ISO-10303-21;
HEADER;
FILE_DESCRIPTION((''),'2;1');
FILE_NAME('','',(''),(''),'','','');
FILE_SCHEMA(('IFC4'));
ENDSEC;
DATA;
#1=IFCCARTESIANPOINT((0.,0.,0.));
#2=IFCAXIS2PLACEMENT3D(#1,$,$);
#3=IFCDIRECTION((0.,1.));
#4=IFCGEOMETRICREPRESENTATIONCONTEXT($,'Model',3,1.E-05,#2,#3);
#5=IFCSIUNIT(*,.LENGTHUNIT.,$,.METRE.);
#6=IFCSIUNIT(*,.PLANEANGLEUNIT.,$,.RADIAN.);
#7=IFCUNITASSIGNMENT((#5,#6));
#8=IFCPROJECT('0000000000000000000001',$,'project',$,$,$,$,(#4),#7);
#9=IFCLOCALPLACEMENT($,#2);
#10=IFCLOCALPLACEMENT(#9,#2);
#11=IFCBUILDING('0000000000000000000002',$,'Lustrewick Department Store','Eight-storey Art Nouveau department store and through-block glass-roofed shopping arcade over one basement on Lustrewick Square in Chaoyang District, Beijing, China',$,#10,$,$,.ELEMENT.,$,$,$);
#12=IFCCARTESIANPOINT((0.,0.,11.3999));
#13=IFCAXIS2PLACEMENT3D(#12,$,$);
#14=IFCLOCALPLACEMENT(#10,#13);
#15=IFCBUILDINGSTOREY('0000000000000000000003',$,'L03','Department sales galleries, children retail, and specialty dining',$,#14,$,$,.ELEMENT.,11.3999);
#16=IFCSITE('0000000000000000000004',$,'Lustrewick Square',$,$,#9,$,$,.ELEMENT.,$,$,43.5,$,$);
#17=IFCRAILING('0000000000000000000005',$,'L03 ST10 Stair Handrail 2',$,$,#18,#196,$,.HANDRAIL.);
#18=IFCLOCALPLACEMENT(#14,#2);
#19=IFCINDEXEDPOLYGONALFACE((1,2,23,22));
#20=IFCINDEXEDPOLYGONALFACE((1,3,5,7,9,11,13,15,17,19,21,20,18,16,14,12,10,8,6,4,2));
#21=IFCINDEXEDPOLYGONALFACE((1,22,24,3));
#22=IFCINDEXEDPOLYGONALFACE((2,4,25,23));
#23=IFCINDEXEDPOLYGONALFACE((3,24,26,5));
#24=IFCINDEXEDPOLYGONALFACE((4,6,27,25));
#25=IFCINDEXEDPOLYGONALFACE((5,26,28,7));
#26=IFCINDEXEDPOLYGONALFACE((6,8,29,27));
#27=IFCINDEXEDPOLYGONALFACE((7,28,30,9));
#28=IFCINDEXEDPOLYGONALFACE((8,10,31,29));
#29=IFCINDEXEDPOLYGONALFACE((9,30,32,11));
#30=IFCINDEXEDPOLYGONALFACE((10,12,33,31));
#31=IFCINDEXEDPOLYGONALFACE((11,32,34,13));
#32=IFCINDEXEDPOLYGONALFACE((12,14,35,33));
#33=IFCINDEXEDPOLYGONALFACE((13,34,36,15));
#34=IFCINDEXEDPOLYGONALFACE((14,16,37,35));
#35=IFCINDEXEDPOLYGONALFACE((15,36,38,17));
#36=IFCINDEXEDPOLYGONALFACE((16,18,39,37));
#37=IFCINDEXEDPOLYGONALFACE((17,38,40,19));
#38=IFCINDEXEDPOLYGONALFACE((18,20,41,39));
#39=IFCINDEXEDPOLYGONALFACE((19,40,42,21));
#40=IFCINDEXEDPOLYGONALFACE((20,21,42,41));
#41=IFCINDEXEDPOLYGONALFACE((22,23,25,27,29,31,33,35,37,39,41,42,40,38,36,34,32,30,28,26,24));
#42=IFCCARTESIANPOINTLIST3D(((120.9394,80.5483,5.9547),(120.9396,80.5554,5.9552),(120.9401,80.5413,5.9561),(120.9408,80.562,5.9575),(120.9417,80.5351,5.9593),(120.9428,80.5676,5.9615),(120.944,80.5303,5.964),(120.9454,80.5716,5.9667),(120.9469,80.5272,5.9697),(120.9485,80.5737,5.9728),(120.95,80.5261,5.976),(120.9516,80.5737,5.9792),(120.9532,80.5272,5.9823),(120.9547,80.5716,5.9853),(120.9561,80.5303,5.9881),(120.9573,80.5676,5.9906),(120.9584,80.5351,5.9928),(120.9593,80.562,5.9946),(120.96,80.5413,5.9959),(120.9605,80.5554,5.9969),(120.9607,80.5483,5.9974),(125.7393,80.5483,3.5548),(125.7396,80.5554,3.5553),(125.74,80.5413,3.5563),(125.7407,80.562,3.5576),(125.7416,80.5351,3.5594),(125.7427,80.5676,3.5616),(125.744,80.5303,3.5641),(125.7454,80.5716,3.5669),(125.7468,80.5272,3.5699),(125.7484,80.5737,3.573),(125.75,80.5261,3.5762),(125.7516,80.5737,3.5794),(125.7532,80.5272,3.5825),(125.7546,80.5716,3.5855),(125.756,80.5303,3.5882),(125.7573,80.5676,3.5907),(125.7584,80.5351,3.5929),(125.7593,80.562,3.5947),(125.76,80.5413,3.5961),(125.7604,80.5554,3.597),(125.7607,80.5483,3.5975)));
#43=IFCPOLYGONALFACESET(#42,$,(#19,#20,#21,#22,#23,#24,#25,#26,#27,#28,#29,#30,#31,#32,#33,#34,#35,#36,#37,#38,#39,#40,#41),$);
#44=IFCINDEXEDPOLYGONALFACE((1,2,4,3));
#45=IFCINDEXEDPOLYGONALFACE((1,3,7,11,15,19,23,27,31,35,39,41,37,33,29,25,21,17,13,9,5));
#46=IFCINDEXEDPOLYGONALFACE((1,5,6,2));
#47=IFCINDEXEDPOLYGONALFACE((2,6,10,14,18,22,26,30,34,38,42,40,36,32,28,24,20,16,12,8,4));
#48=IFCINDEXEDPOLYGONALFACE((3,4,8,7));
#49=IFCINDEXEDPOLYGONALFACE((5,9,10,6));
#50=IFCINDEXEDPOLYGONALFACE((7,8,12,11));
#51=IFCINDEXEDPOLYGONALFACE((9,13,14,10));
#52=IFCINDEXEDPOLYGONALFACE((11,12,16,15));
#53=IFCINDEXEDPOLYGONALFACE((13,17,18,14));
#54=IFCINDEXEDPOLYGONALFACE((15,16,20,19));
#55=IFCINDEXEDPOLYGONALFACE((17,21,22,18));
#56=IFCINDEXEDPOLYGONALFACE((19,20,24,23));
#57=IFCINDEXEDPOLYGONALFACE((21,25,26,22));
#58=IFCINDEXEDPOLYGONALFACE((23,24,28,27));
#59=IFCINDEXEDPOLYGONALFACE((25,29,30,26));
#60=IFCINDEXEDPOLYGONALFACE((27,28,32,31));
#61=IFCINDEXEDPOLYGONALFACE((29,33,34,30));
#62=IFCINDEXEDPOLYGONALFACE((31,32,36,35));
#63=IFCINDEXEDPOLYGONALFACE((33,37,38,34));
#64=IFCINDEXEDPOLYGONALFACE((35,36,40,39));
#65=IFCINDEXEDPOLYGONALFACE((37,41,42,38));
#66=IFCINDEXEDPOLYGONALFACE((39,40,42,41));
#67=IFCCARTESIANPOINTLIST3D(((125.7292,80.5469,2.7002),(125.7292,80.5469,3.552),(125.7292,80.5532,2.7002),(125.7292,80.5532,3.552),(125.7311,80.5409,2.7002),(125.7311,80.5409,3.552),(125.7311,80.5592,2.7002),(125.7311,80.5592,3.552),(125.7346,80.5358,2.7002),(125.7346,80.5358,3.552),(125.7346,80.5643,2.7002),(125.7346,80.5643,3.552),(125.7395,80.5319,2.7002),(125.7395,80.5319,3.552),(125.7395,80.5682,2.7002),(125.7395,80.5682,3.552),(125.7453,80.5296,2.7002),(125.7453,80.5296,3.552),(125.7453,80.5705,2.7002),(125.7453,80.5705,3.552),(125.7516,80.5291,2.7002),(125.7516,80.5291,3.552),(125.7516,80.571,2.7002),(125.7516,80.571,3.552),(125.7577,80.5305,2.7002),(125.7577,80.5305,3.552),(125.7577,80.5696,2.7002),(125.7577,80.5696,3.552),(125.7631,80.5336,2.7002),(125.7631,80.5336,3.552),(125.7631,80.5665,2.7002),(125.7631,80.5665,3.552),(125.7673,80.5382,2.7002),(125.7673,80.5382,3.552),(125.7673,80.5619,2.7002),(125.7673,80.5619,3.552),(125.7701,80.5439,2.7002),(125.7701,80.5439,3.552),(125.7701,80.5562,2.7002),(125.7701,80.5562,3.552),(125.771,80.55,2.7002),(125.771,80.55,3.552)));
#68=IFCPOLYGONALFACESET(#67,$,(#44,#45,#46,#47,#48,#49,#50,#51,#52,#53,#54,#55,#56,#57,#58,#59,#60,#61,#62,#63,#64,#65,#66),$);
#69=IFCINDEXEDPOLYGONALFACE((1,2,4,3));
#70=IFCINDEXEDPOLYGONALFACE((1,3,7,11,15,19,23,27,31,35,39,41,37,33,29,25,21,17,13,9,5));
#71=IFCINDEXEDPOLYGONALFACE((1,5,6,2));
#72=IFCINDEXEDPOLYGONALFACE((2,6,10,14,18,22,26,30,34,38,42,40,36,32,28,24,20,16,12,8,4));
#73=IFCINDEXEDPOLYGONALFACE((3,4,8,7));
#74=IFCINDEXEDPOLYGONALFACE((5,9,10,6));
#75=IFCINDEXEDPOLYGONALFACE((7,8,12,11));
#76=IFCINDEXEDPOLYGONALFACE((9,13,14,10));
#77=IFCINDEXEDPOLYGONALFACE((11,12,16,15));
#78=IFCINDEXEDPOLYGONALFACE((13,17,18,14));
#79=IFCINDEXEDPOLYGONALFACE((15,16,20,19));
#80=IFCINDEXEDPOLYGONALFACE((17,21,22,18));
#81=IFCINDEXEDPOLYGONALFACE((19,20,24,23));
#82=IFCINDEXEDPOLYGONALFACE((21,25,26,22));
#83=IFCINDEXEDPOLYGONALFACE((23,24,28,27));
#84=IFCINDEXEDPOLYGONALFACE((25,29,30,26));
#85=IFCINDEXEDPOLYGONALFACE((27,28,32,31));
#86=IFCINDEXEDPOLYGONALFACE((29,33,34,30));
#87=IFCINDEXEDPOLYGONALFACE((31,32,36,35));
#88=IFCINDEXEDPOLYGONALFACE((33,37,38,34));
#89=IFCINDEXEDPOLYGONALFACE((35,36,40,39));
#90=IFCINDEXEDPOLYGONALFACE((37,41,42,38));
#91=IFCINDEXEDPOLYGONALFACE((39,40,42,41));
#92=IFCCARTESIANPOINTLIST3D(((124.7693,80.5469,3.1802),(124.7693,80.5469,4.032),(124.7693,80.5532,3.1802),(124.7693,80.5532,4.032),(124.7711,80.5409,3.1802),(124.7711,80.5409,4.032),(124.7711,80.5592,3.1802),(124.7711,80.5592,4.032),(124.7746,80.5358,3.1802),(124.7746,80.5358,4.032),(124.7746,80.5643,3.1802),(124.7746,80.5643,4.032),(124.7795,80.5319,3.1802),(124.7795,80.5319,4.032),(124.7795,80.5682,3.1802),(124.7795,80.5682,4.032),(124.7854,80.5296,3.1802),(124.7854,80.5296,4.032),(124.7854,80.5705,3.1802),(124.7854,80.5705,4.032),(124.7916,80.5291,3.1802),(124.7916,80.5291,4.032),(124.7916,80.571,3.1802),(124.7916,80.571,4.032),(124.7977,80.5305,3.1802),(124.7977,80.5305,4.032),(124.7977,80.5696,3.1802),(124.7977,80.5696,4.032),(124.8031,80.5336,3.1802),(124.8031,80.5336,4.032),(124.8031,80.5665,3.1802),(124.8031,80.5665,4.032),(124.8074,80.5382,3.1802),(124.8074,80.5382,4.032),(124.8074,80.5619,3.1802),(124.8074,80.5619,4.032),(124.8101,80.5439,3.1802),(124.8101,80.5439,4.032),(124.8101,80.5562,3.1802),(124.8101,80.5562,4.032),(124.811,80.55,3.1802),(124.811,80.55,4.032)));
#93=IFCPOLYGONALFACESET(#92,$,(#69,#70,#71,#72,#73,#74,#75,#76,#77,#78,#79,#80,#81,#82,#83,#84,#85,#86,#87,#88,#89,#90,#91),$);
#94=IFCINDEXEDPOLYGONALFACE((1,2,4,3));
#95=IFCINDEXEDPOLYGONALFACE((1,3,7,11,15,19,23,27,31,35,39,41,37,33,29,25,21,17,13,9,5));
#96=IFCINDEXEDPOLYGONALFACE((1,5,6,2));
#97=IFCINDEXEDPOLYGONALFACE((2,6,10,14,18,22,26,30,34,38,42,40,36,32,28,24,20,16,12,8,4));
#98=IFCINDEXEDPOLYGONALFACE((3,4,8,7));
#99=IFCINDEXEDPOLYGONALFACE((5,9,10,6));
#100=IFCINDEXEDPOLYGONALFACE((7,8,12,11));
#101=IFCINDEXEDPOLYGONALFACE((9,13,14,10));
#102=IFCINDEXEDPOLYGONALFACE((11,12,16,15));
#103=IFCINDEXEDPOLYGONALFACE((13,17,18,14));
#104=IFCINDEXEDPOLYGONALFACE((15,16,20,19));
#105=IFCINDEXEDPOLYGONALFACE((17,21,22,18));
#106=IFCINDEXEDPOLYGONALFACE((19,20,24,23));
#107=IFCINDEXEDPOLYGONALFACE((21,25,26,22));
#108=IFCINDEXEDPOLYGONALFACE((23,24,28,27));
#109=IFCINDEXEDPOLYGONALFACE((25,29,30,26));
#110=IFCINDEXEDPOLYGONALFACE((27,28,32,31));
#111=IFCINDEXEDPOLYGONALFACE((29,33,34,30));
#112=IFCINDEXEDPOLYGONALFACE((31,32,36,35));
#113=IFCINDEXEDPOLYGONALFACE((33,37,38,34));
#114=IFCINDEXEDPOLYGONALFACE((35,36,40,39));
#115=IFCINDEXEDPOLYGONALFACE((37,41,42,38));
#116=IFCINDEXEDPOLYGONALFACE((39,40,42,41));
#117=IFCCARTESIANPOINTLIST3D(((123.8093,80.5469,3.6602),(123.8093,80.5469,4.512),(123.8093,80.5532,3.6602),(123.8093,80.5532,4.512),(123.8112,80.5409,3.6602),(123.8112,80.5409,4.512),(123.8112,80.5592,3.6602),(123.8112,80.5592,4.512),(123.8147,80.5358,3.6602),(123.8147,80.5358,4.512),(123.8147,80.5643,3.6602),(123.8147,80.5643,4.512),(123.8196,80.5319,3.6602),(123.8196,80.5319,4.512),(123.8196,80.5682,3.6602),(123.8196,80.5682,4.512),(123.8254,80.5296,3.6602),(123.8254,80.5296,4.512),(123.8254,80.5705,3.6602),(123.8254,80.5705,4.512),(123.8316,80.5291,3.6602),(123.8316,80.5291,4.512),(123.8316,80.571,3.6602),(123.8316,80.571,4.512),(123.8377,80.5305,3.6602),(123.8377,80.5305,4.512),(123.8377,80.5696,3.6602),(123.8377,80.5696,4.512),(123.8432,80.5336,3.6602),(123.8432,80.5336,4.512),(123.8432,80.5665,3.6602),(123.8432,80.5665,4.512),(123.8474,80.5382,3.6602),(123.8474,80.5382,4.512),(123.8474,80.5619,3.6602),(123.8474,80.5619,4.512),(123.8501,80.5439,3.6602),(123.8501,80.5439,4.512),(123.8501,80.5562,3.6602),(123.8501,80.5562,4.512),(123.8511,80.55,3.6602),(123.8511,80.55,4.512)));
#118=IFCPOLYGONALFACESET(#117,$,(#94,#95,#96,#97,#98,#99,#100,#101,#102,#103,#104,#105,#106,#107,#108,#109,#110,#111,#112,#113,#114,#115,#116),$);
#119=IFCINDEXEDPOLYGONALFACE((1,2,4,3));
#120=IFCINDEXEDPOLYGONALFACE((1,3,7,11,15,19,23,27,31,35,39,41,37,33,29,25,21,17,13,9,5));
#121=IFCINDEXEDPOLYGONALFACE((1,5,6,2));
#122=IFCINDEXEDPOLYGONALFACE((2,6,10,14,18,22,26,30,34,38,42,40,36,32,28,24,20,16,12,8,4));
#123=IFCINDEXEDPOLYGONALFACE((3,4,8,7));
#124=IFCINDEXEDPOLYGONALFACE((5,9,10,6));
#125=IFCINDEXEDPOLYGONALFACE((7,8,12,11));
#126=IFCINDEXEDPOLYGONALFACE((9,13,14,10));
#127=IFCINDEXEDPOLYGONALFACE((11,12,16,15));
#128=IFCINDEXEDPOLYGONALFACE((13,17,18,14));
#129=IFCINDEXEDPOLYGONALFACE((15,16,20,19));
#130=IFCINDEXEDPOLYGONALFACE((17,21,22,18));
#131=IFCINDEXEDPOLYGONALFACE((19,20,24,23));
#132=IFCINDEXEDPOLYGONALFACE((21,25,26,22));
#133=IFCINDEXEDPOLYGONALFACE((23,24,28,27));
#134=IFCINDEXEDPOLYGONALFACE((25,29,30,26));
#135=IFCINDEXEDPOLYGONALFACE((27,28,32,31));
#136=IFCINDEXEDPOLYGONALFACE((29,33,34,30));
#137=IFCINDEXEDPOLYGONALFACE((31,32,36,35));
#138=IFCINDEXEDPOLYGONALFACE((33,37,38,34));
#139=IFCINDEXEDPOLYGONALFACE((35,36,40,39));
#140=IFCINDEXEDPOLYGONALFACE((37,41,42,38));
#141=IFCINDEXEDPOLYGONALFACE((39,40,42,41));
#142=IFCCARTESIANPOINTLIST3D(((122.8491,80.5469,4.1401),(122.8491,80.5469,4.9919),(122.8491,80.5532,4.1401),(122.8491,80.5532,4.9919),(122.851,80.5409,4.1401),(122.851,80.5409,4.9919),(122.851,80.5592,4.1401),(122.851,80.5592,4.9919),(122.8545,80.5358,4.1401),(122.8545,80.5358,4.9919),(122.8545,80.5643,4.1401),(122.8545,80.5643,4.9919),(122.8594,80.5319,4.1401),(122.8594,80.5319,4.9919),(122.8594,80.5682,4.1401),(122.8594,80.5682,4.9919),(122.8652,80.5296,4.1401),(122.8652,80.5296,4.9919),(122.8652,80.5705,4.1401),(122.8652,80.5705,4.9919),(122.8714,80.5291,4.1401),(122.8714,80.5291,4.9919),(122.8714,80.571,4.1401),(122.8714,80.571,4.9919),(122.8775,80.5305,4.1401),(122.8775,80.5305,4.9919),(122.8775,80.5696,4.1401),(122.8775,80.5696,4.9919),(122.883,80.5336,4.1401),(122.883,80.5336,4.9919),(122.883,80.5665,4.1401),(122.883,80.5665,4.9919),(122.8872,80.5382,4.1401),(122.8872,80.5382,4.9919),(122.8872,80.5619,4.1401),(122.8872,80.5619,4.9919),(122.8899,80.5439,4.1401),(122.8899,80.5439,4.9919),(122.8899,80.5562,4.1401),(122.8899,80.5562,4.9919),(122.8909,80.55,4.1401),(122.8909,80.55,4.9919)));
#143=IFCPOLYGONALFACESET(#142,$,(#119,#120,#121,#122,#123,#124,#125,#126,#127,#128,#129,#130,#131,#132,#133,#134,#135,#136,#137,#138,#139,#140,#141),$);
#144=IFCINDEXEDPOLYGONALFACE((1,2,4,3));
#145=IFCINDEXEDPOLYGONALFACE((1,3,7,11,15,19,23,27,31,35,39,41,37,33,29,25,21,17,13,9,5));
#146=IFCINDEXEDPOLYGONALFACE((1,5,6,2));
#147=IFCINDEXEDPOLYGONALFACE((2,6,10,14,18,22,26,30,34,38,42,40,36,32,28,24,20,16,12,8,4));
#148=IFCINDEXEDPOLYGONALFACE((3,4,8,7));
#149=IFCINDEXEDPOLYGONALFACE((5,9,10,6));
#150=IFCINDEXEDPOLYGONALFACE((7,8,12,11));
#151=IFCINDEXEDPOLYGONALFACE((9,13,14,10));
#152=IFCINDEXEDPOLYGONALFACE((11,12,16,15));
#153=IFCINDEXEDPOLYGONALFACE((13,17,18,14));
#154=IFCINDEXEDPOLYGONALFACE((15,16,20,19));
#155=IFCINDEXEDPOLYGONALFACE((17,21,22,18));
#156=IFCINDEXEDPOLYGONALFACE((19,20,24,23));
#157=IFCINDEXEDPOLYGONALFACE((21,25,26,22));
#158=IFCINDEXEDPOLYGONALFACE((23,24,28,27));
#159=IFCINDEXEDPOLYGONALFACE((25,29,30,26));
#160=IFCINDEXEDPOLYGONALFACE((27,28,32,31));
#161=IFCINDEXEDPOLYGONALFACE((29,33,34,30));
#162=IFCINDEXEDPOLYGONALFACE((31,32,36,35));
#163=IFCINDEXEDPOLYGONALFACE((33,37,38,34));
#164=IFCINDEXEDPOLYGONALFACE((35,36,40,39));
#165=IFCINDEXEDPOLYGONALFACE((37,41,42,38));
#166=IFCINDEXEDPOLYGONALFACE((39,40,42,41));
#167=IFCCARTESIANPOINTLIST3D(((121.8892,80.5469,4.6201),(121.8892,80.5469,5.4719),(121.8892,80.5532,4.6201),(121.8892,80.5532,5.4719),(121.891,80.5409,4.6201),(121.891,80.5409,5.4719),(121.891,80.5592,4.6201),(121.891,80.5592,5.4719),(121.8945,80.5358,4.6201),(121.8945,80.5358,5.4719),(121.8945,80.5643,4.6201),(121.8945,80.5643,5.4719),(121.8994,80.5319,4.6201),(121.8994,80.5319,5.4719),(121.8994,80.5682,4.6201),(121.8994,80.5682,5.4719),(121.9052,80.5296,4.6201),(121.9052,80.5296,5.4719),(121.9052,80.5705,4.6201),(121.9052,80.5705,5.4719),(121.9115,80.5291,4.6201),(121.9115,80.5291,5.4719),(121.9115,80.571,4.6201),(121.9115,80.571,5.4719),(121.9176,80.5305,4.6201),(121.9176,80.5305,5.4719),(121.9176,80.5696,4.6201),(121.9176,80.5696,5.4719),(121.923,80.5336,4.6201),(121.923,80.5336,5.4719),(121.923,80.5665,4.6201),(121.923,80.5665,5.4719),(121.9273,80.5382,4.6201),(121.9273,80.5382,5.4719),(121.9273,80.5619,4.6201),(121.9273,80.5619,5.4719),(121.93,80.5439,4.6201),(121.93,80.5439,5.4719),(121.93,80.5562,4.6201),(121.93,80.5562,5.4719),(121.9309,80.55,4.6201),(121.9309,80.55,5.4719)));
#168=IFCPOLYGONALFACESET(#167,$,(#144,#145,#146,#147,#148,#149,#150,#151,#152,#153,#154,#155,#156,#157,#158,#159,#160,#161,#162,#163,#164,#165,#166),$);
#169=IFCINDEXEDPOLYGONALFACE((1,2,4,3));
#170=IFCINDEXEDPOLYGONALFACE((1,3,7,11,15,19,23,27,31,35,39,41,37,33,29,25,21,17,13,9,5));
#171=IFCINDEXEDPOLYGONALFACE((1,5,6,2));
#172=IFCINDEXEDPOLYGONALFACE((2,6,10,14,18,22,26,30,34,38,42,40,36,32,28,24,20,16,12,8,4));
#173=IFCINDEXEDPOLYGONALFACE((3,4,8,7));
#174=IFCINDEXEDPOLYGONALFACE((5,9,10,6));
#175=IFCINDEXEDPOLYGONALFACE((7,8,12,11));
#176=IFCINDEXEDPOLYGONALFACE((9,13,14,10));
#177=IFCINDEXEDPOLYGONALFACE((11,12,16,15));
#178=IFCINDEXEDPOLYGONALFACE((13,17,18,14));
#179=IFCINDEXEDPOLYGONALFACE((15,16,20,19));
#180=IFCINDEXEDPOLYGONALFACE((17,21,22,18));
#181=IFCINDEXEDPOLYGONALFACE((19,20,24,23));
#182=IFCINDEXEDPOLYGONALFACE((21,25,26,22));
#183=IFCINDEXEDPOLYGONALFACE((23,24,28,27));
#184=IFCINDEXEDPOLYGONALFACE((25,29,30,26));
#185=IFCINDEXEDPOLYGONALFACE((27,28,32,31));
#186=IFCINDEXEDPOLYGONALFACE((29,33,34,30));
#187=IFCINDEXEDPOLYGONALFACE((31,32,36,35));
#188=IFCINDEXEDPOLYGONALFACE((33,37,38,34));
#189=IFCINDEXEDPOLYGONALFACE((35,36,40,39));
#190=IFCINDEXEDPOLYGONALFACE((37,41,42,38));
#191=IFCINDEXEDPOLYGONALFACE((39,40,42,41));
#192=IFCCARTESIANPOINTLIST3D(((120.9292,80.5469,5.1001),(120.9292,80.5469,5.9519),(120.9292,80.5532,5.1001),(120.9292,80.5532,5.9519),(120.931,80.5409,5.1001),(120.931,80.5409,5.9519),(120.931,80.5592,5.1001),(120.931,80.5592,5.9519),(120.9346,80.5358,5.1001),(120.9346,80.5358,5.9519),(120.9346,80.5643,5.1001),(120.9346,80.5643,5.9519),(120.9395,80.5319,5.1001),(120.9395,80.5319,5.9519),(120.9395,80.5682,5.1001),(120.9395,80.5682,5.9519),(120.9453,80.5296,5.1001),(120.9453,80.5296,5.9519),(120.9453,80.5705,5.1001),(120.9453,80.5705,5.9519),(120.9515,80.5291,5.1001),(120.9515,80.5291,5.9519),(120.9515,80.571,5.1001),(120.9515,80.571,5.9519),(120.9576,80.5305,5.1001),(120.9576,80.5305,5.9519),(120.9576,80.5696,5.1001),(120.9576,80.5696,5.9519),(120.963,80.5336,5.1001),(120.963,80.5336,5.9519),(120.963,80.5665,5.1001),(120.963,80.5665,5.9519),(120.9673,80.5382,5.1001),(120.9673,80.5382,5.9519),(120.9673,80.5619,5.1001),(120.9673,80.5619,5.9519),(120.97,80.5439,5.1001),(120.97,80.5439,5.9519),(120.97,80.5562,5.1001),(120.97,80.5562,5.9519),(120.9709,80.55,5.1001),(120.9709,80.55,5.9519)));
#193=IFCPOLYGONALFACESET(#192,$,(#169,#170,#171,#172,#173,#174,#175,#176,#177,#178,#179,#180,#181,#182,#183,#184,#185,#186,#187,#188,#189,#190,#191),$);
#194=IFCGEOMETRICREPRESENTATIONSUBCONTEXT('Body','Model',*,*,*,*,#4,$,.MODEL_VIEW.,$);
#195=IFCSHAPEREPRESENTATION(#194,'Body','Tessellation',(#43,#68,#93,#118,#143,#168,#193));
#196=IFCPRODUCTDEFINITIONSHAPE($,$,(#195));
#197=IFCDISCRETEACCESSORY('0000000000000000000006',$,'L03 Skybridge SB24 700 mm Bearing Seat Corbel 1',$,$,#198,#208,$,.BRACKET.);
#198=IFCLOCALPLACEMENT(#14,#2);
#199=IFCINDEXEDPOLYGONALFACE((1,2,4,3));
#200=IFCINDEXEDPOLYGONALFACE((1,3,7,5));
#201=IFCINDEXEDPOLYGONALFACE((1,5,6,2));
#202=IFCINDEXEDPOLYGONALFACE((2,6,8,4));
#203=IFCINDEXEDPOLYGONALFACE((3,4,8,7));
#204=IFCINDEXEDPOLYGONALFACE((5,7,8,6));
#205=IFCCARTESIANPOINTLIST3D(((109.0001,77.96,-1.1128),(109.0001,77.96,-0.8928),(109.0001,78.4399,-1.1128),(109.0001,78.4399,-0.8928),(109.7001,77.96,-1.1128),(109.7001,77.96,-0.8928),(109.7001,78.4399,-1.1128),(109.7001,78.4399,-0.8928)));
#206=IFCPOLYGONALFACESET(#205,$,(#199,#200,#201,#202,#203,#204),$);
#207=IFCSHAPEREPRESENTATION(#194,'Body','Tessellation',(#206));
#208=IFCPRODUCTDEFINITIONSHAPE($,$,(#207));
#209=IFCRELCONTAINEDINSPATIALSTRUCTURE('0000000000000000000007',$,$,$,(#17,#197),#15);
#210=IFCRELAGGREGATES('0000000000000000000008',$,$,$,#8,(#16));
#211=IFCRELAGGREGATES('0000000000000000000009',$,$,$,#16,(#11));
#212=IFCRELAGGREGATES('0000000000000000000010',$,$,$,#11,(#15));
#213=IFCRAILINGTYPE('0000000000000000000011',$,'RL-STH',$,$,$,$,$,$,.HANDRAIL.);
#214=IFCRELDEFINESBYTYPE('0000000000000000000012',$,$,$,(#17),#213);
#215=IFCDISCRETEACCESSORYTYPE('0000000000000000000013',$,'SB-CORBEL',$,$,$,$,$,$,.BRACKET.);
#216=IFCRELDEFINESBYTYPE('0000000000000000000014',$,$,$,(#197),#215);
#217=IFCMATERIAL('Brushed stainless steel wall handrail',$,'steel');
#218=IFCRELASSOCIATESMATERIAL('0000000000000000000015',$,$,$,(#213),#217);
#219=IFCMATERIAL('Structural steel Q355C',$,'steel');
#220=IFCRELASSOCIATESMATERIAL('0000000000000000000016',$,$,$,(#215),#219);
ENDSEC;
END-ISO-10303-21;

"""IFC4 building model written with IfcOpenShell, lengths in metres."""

from ifc_helpers import new_model, si_unit, direction, frame, origin, origin_2d, place, context, subcontext, project, spatial, rectangle, circle, extrude, material, type_object, element, save


model = new_model("IFC4")

# Units and contexts
model_context = context("Model", 3, precision=1e-05, world=origin(), true_north=direction((0.0, 1.0)))
body_context = subcontext(model_context, "Body", "Model", "MODEL_VIEW")
ifc_project = project(units=[si_unit("LENGTHUNIT", "METRE"), si_unit("PLANEANGLEUNIT", "RADIAN")], contexts=[model_context])

# Site, building, storey
site_placement = place(None, origin())
site = spatial("IfcSite", under=ifc_project, at=site_placement, Name="Lustrewick Square", CompositionType="ELEMENT", RefElevation=43.5)
building_placement = place(site_placement, origin())
building = spatial("IfcBuilding", under=site, at=building_placement, Name="Lustrewick Department Store", Description="Eight-storey Art Nouveau department store and through-block glass-roofed shopping arcade over one basement on Lustrewick Square in Chaoyang District, Beijing, China", CompositionType="ELEMENT")
storey_placement = place(building_placement, frame((0.0, 0.0, 11.3999)))
storey = spatial("IfcBuildingStorey", under=building, at=storey_placement, Name="L03", Description="Department sales galleries, children retail, and specialty dining", CompositionType="ELEMENT", Elevation=11.3999)

# Shared definitions
ifc_material_1 = material(Name="Structural steel Q355C", Category="steel")

# Railing
ifc_material_2 = material(Name="Brushed stainless steel wall handrail", Category="steel")
railing_type_1 = type_object("IfcRailingType", Name="RL-STH", PredefinedType="HANDRAIL", material=ifc_material_2)
railing_1_placement = place(storey_placement, frame((125.75, 80.55, 2.7002)))
element("IfcRailing", 1, at=railing_1_placement, inside=storey, type_object=railing_type_1, Name="L03 ST10 Stair Handrail 2", PredefinedType="HANDRAIL", context=body_context, shape_type="SweptSolid", body=[
    extrude(circle(Radius=0.0239, at=origin_2d()), frame((0.0, 0.0, 0.876), z_axis=(-0.894436, 0.0, 0.447195), x_axis=(0.0, -1.0, 0.0)), (0.0, 0.0, 1.0), 5.3665),
    extrude(circle(Radius=0.021, at=origin_2d()), origin(), (0.0, 0.0, 1.0), 0.8518),
    extrude(circle(Radius=0.021, at=origin_2d()), frame((-0.96, 0.0, 0.48)), (0.0, 0.0, 1.0), 0.8518),
    extrude(circle(Radius=0.021, at=origin_2d()), frame((-1.9199, 0.0, 0.96)), (0.0, 0.0, 1.0), 0.8518),
    extrude(circle(Radius=0.021, at=origin_2d()), frame((-2.8801, 0.0, 1.4399)), (0.0, 0.0, 1.0), 0.8518),
    extrude(circle(Radius=0.021, at=origin_2d()), frame((-3.8401, 0.0, 1.9199)), (0.0, 0.0, 1.0), 0.8518),
    extrude(circle(Radius=0.021, at=origin_2d()), frame((-4.8, 0.0, 2.3999)), (0.0, 0.0, 1.0), 0.8518),
])

# Discrete accessory
discrete_accessory_type_1 = type_object("IfcDiscreteAccessoryType", Name="SB-CORBEL", PredefinedType="BRACKET", material=ifc_material_1)
for number, where, z_axis, x_axis, name in (
    (2, (109.3501, 78.2, -1.1128), (0.0, 0.0, 1.0), (1.0, 0.0, 0.0), "L03 Skybridge SB24 700 mm Bearing Seat Corbel 1"),
):
    element("IfcDiscreteAccessory", number, at=place(storey_placement, frame(where, z_axis=z_axis, x_axis=x_axis)), inside=storey, type_object=discrete_accessory_type_1, Name=name, PredefinedType="BRACKET", context=body_context, shape_type="SweptSolid", body=[
        extrude(rectangle(XDim=0.7, YDim=0.48, at=origin_2d()), origin(), (0.0, 0.0, 1.0), 0.22),
    ])

save(model, "model.ifc")
